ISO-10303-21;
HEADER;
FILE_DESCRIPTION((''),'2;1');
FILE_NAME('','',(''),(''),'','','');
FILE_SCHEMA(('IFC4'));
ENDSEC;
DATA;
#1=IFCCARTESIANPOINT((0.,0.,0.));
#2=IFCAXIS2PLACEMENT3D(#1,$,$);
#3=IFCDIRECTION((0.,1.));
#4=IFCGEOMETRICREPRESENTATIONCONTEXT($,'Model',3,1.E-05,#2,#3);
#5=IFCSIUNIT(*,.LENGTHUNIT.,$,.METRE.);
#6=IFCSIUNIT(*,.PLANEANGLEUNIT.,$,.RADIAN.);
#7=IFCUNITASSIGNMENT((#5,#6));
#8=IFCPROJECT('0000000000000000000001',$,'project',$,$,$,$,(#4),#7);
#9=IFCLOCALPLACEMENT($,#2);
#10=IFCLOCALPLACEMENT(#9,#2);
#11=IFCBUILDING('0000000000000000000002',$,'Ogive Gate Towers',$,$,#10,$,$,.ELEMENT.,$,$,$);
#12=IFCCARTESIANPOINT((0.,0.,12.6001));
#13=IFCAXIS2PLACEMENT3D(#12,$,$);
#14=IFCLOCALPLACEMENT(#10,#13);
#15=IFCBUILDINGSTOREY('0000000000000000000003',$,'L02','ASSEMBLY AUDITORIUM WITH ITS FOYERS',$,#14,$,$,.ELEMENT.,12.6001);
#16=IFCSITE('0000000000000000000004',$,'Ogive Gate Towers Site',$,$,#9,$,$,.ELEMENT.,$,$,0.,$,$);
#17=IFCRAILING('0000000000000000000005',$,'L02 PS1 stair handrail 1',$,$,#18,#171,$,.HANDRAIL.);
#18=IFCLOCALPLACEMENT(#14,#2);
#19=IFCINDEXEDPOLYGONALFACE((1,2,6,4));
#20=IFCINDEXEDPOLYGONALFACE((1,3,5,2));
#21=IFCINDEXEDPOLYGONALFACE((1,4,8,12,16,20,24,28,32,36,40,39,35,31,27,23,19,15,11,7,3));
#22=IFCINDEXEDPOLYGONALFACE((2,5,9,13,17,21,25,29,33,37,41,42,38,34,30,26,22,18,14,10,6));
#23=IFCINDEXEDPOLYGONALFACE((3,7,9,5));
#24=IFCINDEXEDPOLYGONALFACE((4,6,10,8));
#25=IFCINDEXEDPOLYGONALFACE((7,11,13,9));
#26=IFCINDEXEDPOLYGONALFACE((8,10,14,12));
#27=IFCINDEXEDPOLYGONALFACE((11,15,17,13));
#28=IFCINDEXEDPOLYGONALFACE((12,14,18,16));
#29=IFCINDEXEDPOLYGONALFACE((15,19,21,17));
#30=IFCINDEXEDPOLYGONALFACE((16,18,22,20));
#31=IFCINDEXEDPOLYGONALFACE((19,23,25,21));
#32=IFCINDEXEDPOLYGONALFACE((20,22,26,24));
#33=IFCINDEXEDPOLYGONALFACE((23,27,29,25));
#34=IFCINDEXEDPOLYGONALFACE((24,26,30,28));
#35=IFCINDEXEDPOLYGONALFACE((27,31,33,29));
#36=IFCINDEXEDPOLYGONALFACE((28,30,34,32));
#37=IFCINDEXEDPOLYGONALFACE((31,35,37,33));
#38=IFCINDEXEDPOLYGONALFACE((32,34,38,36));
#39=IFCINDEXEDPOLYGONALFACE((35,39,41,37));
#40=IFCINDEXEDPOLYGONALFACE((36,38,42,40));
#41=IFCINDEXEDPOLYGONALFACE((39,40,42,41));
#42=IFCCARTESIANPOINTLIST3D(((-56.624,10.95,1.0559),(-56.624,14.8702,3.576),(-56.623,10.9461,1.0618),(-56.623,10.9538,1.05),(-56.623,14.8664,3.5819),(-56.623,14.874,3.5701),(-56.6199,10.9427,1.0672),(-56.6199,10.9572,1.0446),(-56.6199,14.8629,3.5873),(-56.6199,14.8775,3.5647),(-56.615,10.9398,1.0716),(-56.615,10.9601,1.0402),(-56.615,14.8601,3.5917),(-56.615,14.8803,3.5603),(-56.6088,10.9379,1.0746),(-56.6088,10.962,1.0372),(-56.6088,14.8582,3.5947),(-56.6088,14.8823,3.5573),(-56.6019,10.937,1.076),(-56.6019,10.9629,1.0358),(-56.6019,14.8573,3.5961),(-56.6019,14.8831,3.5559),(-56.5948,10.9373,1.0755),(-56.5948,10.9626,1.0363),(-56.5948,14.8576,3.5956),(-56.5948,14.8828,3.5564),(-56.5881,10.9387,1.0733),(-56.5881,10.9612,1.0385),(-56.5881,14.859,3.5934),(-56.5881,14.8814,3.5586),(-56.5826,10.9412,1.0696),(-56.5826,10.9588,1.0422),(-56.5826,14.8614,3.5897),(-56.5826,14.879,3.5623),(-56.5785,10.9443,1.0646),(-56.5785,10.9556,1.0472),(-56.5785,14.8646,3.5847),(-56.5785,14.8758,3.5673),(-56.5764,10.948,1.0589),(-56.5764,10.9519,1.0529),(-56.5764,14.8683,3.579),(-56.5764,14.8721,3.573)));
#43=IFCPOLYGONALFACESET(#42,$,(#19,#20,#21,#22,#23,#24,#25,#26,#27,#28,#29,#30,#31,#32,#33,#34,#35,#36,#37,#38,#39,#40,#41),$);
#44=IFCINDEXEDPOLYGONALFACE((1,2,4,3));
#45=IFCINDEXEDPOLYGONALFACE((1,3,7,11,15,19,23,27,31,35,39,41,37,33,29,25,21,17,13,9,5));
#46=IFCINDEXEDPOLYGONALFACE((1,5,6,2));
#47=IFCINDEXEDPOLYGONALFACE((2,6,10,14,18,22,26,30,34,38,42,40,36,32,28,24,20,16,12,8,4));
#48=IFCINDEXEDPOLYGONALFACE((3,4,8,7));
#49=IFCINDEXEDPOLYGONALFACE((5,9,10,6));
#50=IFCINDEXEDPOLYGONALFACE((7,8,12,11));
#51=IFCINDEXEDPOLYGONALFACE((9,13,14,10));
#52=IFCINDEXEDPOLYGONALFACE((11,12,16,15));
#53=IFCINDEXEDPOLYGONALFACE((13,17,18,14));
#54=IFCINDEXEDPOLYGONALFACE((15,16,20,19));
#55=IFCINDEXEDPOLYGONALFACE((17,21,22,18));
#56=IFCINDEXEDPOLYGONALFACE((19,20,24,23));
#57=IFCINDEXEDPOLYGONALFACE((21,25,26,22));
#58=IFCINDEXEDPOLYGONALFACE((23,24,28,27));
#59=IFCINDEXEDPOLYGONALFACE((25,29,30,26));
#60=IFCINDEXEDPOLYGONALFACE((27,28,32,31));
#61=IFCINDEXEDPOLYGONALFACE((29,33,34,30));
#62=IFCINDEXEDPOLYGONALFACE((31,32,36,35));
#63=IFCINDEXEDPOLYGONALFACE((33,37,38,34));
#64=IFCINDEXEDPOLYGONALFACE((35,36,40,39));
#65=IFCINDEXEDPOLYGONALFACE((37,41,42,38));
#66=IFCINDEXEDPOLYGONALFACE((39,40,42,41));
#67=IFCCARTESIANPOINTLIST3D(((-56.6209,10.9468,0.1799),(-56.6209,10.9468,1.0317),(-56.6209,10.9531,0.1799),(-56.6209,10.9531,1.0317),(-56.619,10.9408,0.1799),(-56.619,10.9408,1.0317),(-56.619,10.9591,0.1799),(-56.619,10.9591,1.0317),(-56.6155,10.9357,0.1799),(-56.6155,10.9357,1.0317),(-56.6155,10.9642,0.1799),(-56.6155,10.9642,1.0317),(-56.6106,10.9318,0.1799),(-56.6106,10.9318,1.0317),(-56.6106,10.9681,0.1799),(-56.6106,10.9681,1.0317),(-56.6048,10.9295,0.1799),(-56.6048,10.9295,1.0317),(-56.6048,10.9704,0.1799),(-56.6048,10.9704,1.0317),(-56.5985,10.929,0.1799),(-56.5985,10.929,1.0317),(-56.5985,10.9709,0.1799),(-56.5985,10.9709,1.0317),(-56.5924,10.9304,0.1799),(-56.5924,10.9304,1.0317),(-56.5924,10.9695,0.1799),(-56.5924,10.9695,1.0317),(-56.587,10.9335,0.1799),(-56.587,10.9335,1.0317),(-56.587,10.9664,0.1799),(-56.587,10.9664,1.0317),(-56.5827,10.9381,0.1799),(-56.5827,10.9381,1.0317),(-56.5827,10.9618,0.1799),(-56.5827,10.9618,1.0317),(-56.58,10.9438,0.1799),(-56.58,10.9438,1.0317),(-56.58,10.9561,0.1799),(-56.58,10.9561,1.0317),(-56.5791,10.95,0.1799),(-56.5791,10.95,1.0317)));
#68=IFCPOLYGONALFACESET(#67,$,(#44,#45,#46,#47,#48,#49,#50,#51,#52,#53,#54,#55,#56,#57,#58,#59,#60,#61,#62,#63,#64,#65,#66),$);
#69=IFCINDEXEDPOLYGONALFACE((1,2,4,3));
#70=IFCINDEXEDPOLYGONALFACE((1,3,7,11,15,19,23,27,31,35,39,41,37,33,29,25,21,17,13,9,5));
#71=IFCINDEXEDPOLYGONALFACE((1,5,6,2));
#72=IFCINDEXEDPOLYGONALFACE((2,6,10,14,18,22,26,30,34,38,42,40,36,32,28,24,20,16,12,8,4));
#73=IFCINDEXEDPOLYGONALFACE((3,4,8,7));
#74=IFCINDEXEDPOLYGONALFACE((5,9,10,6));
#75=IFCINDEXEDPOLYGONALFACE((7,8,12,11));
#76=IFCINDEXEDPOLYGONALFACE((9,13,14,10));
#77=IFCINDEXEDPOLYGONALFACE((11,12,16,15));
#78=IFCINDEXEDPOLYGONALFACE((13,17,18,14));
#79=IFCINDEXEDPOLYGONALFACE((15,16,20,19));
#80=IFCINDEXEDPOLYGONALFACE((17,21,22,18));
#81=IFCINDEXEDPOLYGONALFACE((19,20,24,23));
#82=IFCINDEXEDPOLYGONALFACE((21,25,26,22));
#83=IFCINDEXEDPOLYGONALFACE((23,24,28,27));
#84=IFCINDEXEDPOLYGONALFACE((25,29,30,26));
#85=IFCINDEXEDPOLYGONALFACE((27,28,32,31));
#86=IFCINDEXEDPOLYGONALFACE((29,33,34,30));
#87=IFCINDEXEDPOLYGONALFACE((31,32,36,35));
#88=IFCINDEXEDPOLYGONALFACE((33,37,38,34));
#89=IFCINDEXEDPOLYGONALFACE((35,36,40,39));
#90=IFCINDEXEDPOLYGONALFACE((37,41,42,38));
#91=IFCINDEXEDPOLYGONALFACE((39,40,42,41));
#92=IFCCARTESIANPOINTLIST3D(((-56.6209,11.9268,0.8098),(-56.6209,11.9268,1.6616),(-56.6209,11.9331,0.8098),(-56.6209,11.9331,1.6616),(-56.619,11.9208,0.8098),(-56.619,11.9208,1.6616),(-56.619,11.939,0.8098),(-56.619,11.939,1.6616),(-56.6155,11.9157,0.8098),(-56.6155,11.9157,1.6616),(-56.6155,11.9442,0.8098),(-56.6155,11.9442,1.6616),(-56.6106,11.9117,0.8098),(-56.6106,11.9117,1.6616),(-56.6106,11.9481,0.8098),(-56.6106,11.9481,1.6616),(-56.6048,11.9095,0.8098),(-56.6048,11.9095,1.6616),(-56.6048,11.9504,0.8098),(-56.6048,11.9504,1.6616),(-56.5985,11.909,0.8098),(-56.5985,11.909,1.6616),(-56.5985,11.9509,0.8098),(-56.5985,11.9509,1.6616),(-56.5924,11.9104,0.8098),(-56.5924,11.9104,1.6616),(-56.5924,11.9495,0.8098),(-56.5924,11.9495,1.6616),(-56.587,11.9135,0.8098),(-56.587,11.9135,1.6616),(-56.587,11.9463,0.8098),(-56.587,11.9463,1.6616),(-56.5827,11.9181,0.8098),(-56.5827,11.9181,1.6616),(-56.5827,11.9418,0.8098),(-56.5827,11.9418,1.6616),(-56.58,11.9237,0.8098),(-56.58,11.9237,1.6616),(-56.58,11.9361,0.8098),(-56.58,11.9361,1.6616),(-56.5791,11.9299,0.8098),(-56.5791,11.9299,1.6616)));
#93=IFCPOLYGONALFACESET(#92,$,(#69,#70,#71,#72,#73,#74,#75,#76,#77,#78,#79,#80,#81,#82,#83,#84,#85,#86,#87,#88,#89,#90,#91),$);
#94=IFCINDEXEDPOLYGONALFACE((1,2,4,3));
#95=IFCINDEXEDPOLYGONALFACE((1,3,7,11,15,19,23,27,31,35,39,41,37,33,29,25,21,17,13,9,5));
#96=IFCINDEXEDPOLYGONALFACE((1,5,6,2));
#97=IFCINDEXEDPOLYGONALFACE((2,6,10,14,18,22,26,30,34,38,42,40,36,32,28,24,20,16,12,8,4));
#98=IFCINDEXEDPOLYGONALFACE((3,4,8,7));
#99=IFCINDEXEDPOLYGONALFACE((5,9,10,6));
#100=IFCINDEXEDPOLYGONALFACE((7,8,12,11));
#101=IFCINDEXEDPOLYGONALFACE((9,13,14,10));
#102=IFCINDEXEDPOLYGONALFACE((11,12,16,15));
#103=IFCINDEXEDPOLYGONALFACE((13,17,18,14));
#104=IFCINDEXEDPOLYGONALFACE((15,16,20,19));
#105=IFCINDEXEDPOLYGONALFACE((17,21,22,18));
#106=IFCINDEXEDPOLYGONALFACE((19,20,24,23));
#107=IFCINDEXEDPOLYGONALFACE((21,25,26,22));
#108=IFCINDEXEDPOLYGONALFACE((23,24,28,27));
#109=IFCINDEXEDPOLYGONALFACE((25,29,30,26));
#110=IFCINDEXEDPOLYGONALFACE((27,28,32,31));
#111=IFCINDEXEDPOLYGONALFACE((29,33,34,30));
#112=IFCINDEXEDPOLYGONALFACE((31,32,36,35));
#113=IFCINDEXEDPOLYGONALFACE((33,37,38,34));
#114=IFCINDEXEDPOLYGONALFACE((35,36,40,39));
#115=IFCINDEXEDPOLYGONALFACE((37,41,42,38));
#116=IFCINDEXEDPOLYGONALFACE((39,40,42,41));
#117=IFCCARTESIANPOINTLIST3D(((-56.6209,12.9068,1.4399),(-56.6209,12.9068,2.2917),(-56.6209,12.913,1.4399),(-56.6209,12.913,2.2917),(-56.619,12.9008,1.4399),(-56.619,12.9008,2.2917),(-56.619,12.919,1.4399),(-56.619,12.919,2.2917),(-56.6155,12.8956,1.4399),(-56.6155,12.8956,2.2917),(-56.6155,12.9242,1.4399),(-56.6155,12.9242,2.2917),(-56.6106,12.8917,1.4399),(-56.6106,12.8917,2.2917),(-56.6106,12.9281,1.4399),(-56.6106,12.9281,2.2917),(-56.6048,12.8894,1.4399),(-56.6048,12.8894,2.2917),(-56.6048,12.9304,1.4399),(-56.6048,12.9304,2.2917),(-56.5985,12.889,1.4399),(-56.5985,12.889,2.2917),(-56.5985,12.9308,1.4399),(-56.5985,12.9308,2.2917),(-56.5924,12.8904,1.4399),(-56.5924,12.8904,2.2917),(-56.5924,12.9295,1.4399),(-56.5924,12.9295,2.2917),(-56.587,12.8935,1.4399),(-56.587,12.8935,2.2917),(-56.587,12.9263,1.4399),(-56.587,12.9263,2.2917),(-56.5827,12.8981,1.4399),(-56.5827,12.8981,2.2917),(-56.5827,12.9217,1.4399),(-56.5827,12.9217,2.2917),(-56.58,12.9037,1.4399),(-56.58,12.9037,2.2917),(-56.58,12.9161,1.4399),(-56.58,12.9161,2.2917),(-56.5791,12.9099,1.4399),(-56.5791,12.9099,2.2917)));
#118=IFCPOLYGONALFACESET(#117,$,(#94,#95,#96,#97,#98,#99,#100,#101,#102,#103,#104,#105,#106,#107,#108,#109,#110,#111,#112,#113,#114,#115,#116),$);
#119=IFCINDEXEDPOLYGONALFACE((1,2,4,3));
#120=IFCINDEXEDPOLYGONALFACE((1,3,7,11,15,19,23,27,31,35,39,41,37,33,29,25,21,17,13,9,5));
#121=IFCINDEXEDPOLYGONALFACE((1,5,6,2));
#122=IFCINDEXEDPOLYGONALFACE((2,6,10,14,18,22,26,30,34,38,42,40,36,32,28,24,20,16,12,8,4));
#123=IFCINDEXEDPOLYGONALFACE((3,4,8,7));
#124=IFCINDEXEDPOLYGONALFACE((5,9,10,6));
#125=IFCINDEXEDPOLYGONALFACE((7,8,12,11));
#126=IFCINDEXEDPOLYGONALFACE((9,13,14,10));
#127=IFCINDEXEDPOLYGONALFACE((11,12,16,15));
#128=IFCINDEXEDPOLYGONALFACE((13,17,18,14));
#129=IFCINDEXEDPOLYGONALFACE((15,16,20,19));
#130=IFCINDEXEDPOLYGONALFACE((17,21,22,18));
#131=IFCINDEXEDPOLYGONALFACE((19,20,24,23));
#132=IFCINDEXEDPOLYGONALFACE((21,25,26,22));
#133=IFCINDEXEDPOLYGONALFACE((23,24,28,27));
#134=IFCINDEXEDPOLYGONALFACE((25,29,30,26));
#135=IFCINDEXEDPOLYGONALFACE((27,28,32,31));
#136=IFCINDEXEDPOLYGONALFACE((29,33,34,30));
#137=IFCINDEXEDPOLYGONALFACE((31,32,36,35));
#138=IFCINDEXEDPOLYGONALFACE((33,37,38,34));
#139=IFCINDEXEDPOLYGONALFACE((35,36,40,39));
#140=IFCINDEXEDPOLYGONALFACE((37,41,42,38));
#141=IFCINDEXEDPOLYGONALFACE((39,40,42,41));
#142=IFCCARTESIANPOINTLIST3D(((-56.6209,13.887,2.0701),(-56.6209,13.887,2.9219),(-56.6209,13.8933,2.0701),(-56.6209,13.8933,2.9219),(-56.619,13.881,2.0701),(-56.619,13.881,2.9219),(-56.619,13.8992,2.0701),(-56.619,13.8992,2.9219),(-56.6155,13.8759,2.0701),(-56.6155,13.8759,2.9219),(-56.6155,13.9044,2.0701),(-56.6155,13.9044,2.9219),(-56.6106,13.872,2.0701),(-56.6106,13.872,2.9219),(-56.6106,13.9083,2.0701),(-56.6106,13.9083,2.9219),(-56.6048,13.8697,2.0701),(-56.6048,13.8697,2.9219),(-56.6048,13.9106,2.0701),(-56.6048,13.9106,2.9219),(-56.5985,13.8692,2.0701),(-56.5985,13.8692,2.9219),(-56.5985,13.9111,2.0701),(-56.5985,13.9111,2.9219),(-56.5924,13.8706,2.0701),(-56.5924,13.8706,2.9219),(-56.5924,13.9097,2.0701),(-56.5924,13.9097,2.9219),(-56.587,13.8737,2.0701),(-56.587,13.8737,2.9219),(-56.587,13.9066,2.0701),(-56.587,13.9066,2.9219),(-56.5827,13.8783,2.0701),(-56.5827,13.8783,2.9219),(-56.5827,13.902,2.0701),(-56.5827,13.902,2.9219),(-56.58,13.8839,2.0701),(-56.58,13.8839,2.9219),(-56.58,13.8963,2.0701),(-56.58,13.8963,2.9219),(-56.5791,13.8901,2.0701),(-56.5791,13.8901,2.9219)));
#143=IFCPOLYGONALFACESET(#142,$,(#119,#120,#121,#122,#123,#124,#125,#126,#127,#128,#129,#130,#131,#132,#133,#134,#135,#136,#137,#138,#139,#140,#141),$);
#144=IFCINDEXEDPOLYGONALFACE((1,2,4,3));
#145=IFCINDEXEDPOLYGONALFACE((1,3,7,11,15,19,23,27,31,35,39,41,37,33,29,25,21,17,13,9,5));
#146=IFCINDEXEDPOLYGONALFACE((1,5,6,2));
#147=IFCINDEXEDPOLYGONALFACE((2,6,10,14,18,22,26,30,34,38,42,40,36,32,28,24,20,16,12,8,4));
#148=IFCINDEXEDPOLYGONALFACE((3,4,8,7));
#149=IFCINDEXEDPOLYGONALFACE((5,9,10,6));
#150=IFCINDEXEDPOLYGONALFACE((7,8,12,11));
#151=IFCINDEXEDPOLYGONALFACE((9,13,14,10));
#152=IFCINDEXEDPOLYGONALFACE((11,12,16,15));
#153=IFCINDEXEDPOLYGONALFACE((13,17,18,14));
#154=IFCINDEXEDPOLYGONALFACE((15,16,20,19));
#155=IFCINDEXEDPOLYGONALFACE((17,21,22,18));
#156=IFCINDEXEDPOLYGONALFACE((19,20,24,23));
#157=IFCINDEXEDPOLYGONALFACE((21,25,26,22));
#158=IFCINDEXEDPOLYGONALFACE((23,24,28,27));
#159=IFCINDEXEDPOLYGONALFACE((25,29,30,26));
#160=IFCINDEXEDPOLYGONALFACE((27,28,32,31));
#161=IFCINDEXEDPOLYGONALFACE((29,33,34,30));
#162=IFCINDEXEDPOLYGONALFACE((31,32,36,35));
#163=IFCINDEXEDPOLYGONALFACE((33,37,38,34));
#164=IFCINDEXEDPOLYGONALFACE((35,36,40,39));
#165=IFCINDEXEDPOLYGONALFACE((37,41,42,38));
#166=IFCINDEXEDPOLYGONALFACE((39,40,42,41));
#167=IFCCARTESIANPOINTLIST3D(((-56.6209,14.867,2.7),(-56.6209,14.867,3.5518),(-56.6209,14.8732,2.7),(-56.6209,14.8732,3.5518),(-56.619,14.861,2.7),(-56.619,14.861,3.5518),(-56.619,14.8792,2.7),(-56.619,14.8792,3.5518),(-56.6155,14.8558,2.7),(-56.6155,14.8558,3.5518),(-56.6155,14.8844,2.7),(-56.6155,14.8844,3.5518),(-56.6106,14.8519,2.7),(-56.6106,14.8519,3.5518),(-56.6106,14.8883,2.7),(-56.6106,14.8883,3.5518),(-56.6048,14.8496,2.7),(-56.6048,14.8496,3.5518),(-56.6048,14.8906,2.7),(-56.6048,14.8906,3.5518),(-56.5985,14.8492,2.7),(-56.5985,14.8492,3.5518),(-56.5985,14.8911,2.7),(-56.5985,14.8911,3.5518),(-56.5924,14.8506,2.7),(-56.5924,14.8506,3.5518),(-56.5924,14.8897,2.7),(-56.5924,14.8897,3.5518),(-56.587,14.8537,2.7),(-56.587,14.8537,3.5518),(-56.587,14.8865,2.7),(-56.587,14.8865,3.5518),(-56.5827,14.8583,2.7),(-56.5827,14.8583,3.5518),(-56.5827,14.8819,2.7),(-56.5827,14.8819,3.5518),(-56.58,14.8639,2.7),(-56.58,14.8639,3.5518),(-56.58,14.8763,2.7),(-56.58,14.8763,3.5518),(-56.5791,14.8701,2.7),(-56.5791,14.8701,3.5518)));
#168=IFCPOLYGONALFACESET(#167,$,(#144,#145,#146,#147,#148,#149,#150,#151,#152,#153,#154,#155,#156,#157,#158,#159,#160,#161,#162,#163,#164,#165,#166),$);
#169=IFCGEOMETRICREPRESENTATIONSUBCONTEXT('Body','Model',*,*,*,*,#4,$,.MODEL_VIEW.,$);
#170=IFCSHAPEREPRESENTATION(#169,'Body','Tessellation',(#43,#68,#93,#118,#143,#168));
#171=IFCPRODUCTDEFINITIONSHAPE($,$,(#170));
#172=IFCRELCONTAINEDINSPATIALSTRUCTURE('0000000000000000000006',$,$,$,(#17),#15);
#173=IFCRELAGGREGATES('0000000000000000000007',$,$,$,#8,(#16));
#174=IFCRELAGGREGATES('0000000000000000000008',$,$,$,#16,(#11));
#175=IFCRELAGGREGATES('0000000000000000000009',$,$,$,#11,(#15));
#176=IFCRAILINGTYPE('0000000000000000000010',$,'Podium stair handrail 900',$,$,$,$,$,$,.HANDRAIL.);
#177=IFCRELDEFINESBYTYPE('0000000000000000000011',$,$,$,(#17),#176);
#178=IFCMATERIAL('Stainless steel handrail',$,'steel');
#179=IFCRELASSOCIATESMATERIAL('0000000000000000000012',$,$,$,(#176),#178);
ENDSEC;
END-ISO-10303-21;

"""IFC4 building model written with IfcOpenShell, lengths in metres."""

from ifc_helpers import new_model, si_unit, direction, frame, origin, origin_2d, place, context, subcontext, project, spatial, circle, extrude, material, type_object, element, save


model = new_model("IFC4")

# Units and contexts
model_context = context("Model", 3, precision=1e-05, world=origin(), true_north=direction((0.0, 1.0)))
body_context = subcontext(model_context, "Body", "Model", "MODEL_VIEW")
ifc_project = project(units=[si_unit("LENGTHUNIT", "METRE"), si_unit("PLANEANGLEUNIT", "RADIAN")], contexts=[model_context])

# Site, building, storey
site_placement = place(None, origin())
site = spatial("IfcSite", under=ifc_project, at=site_placement, Name="Ogive Gate Towers Site", CompositionType="ELEMENT", RefElevation=0.0)
building_placement = place(site_placement, origin())
building = spatial("IfcBuilding", under=site, at=building_placement, Name="Ogive Gate Towers", CompositionType="ELEMENT")
storey_placement = place(building_placement, frame((0.0, 0.0, 12.6001)))
storey = spatial("IfcBuildingStorey", under=building, at=storey_placement, Name="L02", Description="ASSEMBLY AUDITORIUM WITH ITS FOYERS", CompositionType="ELEMENT", Elevation=12.6001)

# Railing
ifc_material_1 = material(Name="Stainless steel handrail", Category="steel")
railing_type_1 = type_object("IfcRailingType", Name="Podium stair handrail 900", PredefinedType="HANDRAIL", material=ifc_material_1)
railing_1_placement = place(storey_placement, frame((-56.6001, 10.95, 0.1799)))
element("IfcRailing", 1, at=railing_1_placement, inside=storey, type_object=railing_type_1, Name="L02 PS1 stair handrail 1", PredefinedType="HANDRAIL", context=body_context, shape_type="SweptSolid", body=[
    extrude(circle(Radius=0.0239, at=origin_2d()), frame((0.0, 0.0, 0.876), z_axis=(0.0, 0.841187, 0.540744), x_axis=(-1.0, 0.0, 0.0)), (0.0, 0.0, 1.0), 4.6604),
    extrude(circle(Radius=0.021, at=origin_2d()), origin(), (0.0, 0.0, 1.0), 0.8518),
    extrude(circle(Radius=0.021, at=origin_2d()), frame((0.0, 0.98, 0.6299)), (0.0, 0.0, 1.0), 0.8518),
    extrude(circle(Radius=0.021, at=origin_2d()), frame((0.0, 1.96, 1.26)), (0.0, 0.0, 1.0), 0.8518),
    extrude(circle(Radius=0.021, at=origin_2d()), frame((0.0, 2.9402, 1.8901)), (0.0, 0.0, 1.0), 0.8518),
    extrude(circle(Radius=0.021, at=origin_2d()), frame((0.0, 3.9202, 2.52)), (0.0, 0.0, 1.0), 0.8518),
])

save(model, "model.ifc")
